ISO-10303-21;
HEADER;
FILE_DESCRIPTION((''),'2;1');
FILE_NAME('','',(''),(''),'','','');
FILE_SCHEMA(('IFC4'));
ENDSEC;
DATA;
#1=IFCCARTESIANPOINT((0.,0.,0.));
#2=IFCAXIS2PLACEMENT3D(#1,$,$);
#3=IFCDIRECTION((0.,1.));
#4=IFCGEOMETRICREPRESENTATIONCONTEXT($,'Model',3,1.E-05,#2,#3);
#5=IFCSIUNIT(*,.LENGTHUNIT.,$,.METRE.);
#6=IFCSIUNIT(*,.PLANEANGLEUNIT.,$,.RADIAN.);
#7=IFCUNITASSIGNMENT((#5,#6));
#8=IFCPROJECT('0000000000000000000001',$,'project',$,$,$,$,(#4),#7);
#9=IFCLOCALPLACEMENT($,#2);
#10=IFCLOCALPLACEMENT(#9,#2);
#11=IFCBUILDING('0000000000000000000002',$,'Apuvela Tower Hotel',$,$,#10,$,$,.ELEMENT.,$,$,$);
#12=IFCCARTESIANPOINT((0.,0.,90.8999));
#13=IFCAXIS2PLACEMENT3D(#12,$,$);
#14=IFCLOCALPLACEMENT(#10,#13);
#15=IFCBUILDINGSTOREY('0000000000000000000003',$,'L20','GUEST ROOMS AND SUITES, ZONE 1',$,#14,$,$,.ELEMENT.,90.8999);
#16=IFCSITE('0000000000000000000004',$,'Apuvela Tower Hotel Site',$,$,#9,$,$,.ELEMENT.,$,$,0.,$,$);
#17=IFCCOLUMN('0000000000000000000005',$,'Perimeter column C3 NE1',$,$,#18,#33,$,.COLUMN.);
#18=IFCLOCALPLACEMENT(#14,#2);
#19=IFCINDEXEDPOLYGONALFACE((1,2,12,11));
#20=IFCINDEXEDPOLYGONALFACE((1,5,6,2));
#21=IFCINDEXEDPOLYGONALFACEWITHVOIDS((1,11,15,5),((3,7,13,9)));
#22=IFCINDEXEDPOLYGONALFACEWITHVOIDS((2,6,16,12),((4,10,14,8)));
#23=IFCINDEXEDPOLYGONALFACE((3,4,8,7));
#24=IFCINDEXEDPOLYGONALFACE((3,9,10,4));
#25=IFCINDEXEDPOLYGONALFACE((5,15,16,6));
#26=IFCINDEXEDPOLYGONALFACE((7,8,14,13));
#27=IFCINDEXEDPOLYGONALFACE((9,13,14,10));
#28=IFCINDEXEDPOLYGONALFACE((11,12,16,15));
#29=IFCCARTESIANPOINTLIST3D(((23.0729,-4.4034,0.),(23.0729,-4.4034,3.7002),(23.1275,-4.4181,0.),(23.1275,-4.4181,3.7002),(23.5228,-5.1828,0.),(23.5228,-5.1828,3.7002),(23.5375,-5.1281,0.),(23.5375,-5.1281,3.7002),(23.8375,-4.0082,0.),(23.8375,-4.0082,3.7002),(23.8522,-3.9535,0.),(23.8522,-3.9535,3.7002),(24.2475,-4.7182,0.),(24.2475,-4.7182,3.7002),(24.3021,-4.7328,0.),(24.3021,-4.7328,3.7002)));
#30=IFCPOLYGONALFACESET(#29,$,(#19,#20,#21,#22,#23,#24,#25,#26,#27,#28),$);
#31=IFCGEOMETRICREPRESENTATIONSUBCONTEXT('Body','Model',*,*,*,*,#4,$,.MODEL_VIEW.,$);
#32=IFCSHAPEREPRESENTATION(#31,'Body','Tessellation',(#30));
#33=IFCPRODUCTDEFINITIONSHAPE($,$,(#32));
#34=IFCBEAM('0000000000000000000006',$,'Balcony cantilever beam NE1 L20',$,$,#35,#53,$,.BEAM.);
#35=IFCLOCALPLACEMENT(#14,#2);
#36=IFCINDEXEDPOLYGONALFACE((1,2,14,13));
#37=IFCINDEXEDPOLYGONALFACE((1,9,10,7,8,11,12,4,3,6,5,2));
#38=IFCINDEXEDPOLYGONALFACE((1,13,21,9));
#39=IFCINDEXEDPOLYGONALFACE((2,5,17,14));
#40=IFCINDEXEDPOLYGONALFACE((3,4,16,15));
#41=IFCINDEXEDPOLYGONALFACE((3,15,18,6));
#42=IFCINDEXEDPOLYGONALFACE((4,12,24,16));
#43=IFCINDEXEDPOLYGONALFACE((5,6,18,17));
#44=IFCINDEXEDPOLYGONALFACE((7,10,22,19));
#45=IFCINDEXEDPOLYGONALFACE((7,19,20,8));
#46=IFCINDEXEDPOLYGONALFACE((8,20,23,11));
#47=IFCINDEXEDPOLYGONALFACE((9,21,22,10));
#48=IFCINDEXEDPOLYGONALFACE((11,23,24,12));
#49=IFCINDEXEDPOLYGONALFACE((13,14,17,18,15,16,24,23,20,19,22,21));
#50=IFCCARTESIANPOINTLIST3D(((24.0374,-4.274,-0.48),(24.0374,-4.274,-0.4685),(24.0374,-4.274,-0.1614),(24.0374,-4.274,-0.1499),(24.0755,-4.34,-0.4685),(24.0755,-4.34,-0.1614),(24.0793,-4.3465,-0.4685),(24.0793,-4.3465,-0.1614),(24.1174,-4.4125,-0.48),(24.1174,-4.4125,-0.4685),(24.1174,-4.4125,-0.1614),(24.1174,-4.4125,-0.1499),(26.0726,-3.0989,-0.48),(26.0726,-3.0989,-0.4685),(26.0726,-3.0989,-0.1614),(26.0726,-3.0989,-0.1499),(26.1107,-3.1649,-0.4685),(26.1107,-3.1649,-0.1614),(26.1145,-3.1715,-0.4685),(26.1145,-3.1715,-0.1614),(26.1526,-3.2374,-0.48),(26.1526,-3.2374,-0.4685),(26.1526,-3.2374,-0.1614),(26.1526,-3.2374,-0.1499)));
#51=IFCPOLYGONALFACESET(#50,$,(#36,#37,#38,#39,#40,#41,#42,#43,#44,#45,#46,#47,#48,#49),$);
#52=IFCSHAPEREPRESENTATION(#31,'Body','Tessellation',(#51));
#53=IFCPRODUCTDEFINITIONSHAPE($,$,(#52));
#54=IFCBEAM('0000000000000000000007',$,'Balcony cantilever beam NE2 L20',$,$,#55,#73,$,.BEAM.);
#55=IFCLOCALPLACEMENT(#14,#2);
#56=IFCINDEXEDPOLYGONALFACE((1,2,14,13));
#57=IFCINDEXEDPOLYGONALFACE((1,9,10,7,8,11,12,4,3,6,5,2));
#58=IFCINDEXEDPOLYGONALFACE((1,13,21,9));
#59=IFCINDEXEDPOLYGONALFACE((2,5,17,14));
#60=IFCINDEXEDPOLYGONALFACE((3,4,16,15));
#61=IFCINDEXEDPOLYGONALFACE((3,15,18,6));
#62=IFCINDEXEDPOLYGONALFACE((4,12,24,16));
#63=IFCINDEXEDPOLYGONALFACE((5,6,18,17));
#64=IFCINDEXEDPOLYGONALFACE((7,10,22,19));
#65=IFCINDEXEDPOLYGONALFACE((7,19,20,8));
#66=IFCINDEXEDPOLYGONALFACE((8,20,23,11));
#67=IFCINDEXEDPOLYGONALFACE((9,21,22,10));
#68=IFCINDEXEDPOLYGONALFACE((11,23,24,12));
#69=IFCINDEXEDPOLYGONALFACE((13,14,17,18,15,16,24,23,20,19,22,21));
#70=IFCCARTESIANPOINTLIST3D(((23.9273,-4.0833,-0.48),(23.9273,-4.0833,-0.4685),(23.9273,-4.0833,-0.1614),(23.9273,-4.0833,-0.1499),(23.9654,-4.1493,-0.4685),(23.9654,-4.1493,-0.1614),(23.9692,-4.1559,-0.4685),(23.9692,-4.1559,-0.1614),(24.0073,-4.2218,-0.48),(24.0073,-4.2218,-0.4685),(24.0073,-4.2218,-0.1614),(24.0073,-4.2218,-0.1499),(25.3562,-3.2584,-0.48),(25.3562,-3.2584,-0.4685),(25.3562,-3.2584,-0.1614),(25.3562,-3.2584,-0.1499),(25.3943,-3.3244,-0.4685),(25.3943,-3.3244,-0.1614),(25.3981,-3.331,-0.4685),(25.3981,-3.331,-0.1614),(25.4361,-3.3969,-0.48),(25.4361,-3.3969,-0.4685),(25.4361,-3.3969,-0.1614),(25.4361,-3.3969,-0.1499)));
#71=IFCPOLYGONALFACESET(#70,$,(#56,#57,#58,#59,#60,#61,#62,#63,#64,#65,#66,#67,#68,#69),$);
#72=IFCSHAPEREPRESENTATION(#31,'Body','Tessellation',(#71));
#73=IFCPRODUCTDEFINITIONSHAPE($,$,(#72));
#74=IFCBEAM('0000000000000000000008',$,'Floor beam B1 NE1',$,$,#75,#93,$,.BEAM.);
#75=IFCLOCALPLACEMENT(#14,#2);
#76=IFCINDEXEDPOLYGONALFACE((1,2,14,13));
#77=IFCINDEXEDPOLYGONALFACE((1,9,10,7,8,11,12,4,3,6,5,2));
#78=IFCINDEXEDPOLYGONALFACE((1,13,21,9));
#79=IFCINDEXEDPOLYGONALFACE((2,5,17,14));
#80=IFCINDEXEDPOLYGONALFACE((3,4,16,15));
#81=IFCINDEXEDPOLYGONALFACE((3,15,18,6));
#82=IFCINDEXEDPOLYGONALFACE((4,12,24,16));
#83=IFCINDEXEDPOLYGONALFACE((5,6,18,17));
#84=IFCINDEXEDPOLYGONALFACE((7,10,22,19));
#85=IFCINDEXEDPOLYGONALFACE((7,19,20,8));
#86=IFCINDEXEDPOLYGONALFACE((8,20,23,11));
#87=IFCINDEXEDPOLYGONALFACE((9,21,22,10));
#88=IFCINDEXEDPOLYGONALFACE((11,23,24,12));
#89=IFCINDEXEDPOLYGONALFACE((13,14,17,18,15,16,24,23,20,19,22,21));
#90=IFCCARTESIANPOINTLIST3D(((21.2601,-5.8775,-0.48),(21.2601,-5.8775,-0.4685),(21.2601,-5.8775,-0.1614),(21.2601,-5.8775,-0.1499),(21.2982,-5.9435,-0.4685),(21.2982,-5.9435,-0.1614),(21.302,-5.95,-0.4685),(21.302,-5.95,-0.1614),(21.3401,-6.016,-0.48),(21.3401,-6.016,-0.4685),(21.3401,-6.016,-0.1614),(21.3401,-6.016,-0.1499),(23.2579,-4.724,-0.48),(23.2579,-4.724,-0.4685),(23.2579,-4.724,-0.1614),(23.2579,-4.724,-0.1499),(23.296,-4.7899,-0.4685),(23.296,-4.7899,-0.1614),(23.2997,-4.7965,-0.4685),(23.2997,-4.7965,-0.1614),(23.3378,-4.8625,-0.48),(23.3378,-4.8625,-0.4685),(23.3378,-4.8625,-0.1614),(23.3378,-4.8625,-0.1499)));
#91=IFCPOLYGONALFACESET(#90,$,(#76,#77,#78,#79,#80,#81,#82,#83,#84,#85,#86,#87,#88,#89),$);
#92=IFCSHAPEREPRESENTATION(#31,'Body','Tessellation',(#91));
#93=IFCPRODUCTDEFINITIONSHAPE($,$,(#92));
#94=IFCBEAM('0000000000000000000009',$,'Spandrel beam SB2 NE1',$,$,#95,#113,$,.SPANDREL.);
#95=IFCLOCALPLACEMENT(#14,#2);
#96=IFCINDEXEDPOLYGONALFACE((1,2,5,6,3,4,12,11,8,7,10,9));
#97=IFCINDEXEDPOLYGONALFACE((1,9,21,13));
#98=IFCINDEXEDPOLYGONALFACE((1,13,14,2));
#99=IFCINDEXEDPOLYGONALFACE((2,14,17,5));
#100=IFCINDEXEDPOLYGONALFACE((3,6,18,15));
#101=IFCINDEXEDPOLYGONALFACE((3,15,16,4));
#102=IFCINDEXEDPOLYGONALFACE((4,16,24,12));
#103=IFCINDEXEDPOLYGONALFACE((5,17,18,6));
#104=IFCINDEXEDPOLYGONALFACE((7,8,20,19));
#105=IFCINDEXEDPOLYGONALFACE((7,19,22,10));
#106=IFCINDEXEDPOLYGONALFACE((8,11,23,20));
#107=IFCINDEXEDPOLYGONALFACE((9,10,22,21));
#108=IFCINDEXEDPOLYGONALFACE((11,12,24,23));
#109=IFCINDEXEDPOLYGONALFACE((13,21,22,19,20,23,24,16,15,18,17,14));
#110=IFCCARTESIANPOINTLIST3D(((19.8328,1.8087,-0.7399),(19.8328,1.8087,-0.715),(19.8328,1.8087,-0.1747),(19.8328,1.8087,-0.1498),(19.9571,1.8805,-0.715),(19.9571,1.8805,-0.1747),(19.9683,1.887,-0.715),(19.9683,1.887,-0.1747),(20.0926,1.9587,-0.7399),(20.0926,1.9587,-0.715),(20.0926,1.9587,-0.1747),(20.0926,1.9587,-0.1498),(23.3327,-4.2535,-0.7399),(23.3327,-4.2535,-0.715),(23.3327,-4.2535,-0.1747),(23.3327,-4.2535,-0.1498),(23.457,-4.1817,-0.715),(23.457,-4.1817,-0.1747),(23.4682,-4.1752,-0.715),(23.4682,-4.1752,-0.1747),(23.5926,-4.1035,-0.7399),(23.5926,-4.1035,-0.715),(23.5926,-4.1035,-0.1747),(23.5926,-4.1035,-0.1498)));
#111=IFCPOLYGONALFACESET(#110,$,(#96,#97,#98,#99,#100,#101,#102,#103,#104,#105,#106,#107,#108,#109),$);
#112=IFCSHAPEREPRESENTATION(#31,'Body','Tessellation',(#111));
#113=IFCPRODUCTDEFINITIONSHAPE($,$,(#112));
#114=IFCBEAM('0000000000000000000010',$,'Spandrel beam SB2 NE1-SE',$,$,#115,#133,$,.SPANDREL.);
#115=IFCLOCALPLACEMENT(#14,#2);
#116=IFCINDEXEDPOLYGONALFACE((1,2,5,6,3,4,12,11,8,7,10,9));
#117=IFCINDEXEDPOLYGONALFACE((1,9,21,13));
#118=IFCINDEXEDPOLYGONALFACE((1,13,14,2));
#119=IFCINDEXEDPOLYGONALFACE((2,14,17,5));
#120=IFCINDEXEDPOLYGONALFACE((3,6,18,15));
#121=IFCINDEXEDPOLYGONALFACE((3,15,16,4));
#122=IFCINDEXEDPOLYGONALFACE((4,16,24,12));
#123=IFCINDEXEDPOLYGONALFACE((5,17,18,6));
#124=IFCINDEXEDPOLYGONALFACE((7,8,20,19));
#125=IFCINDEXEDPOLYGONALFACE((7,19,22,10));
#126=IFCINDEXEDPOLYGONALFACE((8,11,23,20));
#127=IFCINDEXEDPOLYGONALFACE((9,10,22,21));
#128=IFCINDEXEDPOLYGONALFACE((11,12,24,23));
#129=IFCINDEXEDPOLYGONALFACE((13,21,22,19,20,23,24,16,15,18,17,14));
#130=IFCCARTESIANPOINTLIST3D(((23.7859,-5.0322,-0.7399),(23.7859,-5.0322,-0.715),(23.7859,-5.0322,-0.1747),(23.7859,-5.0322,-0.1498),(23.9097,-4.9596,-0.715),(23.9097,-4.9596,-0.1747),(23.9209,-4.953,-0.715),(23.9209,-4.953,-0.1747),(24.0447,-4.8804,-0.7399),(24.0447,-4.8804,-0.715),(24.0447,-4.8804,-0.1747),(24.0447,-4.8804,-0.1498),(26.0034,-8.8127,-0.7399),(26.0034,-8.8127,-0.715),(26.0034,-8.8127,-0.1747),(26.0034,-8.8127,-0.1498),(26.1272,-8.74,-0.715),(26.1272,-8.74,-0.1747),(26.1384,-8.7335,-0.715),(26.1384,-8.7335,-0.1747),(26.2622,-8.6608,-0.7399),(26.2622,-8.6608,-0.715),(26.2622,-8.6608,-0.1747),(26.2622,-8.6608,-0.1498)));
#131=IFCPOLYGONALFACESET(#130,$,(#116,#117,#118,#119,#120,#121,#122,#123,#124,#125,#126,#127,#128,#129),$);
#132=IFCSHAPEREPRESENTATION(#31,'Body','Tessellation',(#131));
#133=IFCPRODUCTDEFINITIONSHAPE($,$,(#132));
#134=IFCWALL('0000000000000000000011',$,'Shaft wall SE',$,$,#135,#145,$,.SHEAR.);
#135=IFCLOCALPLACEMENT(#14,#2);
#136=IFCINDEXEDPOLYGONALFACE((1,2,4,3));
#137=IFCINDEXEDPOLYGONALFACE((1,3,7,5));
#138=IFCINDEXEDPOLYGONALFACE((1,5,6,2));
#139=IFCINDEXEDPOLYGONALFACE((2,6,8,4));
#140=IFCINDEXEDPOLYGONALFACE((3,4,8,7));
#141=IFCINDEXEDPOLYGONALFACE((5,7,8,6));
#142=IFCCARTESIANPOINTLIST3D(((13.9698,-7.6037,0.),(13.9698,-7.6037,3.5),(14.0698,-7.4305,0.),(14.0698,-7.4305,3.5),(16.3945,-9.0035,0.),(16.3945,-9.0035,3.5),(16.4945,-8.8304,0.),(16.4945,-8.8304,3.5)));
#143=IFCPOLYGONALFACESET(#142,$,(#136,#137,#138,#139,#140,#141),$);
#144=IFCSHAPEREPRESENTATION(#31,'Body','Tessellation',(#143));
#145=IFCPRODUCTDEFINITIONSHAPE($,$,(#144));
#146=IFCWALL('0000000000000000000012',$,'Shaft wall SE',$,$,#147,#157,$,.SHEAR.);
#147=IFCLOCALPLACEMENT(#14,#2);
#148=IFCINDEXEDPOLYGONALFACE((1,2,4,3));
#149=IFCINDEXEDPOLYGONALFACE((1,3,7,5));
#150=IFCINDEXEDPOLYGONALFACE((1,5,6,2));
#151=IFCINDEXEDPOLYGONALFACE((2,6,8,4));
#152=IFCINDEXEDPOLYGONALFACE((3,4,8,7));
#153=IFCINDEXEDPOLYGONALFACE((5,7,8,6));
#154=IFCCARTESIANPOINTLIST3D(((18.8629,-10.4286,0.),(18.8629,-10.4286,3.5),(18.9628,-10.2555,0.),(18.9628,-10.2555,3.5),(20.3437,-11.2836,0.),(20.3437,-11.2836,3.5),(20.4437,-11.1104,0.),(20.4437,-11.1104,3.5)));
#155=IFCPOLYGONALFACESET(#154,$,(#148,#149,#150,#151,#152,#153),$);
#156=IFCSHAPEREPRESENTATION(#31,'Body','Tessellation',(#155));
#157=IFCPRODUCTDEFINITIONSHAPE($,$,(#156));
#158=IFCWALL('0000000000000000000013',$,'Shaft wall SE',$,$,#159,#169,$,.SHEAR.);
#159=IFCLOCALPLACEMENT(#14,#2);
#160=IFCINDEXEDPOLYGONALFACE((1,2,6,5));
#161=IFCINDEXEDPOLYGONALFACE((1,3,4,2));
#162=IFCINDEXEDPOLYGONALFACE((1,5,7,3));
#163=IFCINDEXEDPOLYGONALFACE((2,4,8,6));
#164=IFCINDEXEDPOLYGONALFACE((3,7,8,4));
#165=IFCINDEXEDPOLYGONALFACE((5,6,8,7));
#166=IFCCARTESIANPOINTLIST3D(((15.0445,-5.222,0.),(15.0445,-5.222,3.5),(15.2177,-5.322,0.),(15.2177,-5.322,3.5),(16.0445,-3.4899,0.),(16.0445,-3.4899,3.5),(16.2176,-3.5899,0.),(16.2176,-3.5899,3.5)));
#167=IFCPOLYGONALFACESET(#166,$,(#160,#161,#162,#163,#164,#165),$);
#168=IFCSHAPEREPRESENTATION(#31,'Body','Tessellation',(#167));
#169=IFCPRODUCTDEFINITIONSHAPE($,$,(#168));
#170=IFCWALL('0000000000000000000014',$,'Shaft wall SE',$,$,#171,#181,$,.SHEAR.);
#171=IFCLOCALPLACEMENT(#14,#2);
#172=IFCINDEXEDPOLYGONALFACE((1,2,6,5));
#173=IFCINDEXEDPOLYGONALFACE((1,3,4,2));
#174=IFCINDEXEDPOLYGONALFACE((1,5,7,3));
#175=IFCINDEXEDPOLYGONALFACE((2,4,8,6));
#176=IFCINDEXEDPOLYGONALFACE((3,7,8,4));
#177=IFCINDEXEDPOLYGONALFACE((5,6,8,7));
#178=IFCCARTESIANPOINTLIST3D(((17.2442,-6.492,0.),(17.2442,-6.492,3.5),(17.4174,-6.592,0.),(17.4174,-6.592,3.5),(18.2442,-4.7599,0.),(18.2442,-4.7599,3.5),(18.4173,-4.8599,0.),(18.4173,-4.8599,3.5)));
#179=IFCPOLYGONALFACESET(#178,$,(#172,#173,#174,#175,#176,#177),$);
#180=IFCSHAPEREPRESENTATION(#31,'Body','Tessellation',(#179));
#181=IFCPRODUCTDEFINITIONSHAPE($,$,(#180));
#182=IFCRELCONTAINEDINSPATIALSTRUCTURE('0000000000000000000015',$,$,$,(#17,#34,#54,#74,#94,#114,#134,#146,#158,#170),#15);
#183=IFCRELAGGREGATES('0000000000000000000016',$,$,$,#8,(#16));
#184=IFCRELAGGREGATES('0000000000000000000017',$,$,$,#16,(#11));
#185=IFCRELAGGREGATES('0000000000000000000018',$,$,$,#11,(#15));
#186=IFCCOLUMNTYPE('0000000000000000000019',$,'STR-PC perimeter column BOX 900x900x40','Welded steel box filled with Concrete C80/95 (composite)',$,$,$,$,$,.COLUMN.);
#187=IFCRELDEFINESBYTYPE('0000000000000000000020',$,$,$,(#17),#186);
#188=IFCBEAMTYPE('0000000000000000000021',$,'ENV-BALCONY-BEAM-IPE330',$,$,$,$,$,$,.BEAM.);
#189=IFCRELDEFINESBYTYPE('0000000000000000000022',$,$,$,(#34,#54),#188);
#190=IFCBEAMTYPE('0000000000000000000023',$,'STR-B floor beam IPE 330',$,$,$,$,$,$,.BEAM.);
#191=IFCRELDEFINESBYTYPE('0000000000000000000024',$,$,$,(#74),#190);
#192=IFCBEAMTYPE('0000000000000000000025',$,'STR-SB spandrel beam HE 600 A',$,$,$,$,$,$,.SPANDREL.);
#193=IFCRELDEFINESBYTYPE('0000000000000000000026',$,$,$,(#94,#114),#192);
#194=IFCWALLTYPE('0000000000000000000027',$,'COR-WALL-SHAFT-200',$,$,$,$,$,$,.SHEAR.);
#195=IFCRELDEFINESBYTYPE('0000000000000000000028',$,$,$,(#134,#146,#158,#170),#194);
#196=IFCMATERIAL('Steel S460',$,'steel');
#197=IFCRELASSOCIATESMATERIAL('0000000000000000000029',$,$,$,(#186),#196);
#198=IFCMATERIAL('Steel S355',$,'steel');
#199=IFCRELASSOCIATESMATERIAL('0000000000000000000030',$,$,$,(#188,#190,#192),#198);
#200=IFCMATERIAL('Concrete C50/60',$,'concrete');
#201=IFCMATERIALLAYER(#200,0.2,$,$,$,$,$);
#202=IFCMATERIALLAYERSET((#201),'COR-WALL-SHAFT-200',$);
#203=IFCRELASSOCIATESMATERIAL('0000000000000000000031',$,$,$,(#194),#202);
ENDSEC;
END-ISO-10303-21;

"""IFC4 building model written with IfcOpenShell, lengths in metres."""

from ifc_helpers import new_model, si_unit, direction, frame, frame_2d, origin, origin_2d, place, context, subcontext, project, spatial, rectangle, hollow_rectangle, i_section, extrude, material, layer, layer_set, material_profile, profile_set, type_object, element, save


model = new_model("IFC4")

# Units and contexts
model_context = context("Model", 3, precision=1e-05, world=origin(), true_north=direction((0.0, 1.0)))
body_context = subcontext(model_context, "Body", "Model", "MODEL_VIEW")
ifc_project = project(units=[si_unit("LENGTHUNIT", "METRE"), si_unit("PLANEANGLEUNIT", "RADIAN")], contexts=[model_context])

# Site, building, storey
site_placement = place(None, origin())
site = spatial("IfcSite", under=ifc_project, at=site_placement, Name="Apuvela Tower Hotel Site", CompositionType="ELEMENT", RefElevation=0.0)
building_placement = place(site_placement, origin())
building = spatial("IfcBuilding", under=site, at=building_placement, Name="Apuvela Tower Hotel", CompositionType="ELEMENT")
storey_placement = place(building_placement, frame((0.0, 0.0, 90.8999)))
storey = spatial("IfcBuildingStorey", under=building, at=storey_placement, Name="L20", Description="GUEST ROOMS AND SUITES, ZONE 1", CompositionType="ELEMENT", Elevation=90.8999)

# Column
ifc_material_1 = material(Name="Steel S460", Category="steel")
ifc_material_profile_1 = material_profile(ifc_material_1, hollow_rectangle(XDim=0.8999, YDim=0.8999, WallThickness=0.04, at=origin_2d()), Name="BOX 900x900x40")
ifc_material_2 = material(Name="Concrete C80/95", Category="concrete")
ifc_material_profile_2 = material_profile(ifc_material_2, rectangle(XDim=0.8201, YDim=0.8201, at=origin_2d()), Name="Concrete C80/95 infill")
ifc_profile_set_1 = profile_set([ifc_material_profile_1, ifc_material_profile_2], Name="Steel S460")
column_type = type_object("IfcColumnType", Name="STR-PC perimeter column BOX 900x900x40", Description="Welded steel box filled with Concrete C80/95 (composite)", PredefinedType="COLUMN", material=ifc_profile_set_1)
column_placement = place(storey_placement, frame((23.6875, -4.5681, 0.0), z_axis=(0.0, 0.0, 1.0), x_axis=(-0.5, 0.866025, 0.0)))
element("IfcColumn", 1, at=column_placement, inside=storey, type_object=column_type, Name="Perimeter column C3 NE1", PredefinedType="COLUMN", context=body_context, shape_type="SweptSolid", body=[
    extrude(hollow_rectangle(XDim=0.8999, YDim=0.8999, WallThickness=0.04, at=origin_2d()), origin(), (0.0, 0.0, 1.0), 3.7002),
])

# Beams
ifc_material_3 = material(Name="Steel S355", Category="steel")
ifc_material_profile_3 = material_profile(ifc_material_3, i_section(OverallWidth=0.1599, OverallDepth=0.3301, WebThickness=0.0076, FlangeThickness=0.0115, at=origin_2d()), Name="IPE 330")
ifc_profile_set_2 = profile_set([ifc_material_profile_3], Name="Steel S355")
beam_type_1 = type_object("IfcBeamType", Name="ENV-BALCONY-BEAM-IPE330", PredefinedType="BEAM", material=ifc_profile_set_2)
beam_1_placement = place(storey_placement, frame((24.0774, -4.3433, -0.3149), z_axis=(0.866016, 0.500016, 0.0), x_axis=(-0.500016, 0.866016, 0.0)))
element("IfcBeam", 2, at=beam_1_placement, inside=storey, type_object=beam_type_1, Name="Balcony cantilever beam NE1 L20", PredefinedType="BEAM", context=body_context, shape_type="SweptSolid", body=[
    extrude(i_section(OverallWidth=0.1599, OverallDepth=0.3301, WebThickness=0.0076, FlangeThickness=0.0115, at=origin_2d()), origin(), (0.0, 0.0, 1.0), 2.3501),
])
beam_2_placement = place(storey_placement, frame((23.9673, -4.1526, -0.3149), z_axis=(0.86604, 0.499974, 0.0), x_axis=(-0.499974, 0.86604, 0.0)))
element("IfcBeam", 3, at=beam_2_placement, inside=storey, type_object=beam_type_1, Name="Balcony cantilever beam NE2 L20", PredefinedType="BEAM", context=body_context, shape_type="SweptSolid", body=[
    extrude(i_section(OverallWidth=0.1599, OverallDepth=0.3301, WebThickness=0.0076, FlangeThickness=0.0115, at=origin_2d()), origin(), (0.0, 0.0, 1.0), 1.6499),
])
ifc_material_profile_4 = material_profile(ifc_material_3, i_section(OverallWidth=0.1599, OverallDepth=0.3301, WebThickness=0.0076, FlangeThickness=0.0115, at=origin_2d()), Name="IPE 330")
ifc_profile_set_3 = profile_set([ifc_material_profile_4], Name="Steel S355")
beam_type_2 = type_object("IfcBeamType", Name="STR-B floor beam IPE 330", PredefinedType="BEAM", material=ifc_profile_set_3)
beam_3_placement = place(storey_placement, frame((23.2979, -4.7932, -0.3149), z_axis=(-0.866001, -0.500043, 0.0), x_axis=(0.500043, -0.866001, 0.0)))
element("IfcBeam", 4, at=beam_3_placement, inside=storey, type_object=beam_type_2, Name="Floor beam B1 NE1", PredefinedType="BEAM", context=body_context, shape_type="SweptSolid", body=[
    extrude(i_section(OverallWidth=0.1599, OverallDepth=0.3301, WebThickness=0.0076, FlangeThickness=0.0115, at=origin_2d()), origin(), (0.0, 0.0, 1.0), 2.3069),
])
ifc_material_profile_5 = material_profile(ifc_material_3, i_section(OverallWidth=0.3, OverallDepth=0.5901, WebThickness=0.0129, FlangeThickness=0.0249, at=origin_2d()), Name="HE 600 A")
ifc_profile_set_4 = profile_set([ifc_material_profile_5], Name="Steel S355")
beam_type_3 = type_object("IfcBeamType", Name="STR-SB spandrel beam HE 600 A", PredefinedType="SPANDREL", material=ifc_profile_set_4)
beam_4_placement = place(storey_placement, frame((23.4626, -4.1785, -0.4448), z_axis=(-0.499995, 0.866028, 0.0), x_axis=(-0.866028, -0.499995, 0.0)))
element("IfcBeam", 5, at=beam_4_placement, inside=storey, type_object=beam_type_3, Name="Spandrel beam SB2 NE1", PredefinedType="SPANDREL", context=body_context, shape_type="SweptSolid", body=[
    extrude(i_section(OverallWidth=0.3, OverallDepth=0.5901, WebThickness=0.0129, FlangeThickness=0.0249, at=origin_2d()), origin(), (0.0, 0.0, 1.0), 7.0),
])
beam_5_placement = place(storey_placement, frame((23.9153, -4.9563, -0.4448), z_axis=(0.505951, -0.862562, 0.0), x_axis=(0.862562, 0.505951, 0.0)))
element("IfcBeam", 6, at=beam_5_placement, inside=storey, type_object=beam_type_3, Name="Spandrel beam SB2 NE1-SE", PredefinedType="SPANDREL", context=body_context, shape_type="SweptSolid", body=[
    extrude(i_section(OverallWidth=0.3, OverallDepth=0.5901, WebThickness=0.0129, FlangeThickness=0.0249, at=origin_2d()), origin(), (0.0, 0.0, 1.0), 4.3828),
])

# Walls
ifc_material_4 = material(Name="Concrete C50/60", Category="concrete")
ifc_layer_1 = layer(ifc_material_4, 0.2)
ifc_layer_set_1 = layer_set([ifc_layer_1], Name="COR-WALL-SHAFT-200")
wall_type_1 = type_object("IfcWallType", Name="COR-WALL-SHAFT-200", PredefinedType="SHEAR", material=ifc_layer_set_1)
wall_1_placement = place(storey_placement, frame((14.0198, -7.5171, 0.0), z_axis=(0.0, 0.0, 1.0), x_axis=(0.866035, -0.499984, 0.0)))
element("IfcWall", 7, at=wall_1_placement, inside=storey, type_object=wall_type_1, Name="Shaft wall SE", PredefinedType="SHEAR", context=body_context, shape_type="SweptSolid", body=[
    extrude(rectangle(XDim=2.7998, YDim=0.2, at=frame_2d((1.3999, 0.0))), origin(), (0.0, 0.0, 1.0), 3.5),
])
wall_2_placement = place(storey_placement, frame((18.9128, -10.342, 0.0), z_axis=(0.0, 0.0, 1.0), x_axis=(0.866038, -0.499978, 0.0)))
element("IfcWall", 8, at=wall_2_placement, inside=storey, type_object=wall_type_1, Name="Shaft wall SE", PredefinedType="SHEAR", context=body_context, shape_type="SweptSolid", body=[
    extrude(rectangle(XDim=1.71, YDim=0.2, at=frame_2d((0.855, 0.0))), origin(), (0.0, 0.0, 1.0), 3.5),
])
for number, where, z_axis, x_axis, name in (
    (9, (15.1311, -5.272, 0.0), (0.0, 0.0, 1.0), (0.499973, 0.866041, 0.0), "Shaft wall SE"),
    (10, (17.3308, -6.542, 0.0), (0.0, 0.0, 1.0), (0.499973, 0.866041, 0.0), "Shaft wall SE"),
):
    element("IfcWall", number, at=place(storey_placement, frame(where, z_axis=z_axis, x_axis=x_axis)), inside=storey, type_object=wall_type_1, Name=name, PredefinedType="SHEAR", context=body_context, shape_type="SweptSolid", body=[
        extrude(rectangle(XDim=2.0, YDim=0.2, at=frame_2d((1.0, 0.0))), origin(), (0.0, 0.0, 1.0), 3.5),
    ])

save(model, "model.ifc")
